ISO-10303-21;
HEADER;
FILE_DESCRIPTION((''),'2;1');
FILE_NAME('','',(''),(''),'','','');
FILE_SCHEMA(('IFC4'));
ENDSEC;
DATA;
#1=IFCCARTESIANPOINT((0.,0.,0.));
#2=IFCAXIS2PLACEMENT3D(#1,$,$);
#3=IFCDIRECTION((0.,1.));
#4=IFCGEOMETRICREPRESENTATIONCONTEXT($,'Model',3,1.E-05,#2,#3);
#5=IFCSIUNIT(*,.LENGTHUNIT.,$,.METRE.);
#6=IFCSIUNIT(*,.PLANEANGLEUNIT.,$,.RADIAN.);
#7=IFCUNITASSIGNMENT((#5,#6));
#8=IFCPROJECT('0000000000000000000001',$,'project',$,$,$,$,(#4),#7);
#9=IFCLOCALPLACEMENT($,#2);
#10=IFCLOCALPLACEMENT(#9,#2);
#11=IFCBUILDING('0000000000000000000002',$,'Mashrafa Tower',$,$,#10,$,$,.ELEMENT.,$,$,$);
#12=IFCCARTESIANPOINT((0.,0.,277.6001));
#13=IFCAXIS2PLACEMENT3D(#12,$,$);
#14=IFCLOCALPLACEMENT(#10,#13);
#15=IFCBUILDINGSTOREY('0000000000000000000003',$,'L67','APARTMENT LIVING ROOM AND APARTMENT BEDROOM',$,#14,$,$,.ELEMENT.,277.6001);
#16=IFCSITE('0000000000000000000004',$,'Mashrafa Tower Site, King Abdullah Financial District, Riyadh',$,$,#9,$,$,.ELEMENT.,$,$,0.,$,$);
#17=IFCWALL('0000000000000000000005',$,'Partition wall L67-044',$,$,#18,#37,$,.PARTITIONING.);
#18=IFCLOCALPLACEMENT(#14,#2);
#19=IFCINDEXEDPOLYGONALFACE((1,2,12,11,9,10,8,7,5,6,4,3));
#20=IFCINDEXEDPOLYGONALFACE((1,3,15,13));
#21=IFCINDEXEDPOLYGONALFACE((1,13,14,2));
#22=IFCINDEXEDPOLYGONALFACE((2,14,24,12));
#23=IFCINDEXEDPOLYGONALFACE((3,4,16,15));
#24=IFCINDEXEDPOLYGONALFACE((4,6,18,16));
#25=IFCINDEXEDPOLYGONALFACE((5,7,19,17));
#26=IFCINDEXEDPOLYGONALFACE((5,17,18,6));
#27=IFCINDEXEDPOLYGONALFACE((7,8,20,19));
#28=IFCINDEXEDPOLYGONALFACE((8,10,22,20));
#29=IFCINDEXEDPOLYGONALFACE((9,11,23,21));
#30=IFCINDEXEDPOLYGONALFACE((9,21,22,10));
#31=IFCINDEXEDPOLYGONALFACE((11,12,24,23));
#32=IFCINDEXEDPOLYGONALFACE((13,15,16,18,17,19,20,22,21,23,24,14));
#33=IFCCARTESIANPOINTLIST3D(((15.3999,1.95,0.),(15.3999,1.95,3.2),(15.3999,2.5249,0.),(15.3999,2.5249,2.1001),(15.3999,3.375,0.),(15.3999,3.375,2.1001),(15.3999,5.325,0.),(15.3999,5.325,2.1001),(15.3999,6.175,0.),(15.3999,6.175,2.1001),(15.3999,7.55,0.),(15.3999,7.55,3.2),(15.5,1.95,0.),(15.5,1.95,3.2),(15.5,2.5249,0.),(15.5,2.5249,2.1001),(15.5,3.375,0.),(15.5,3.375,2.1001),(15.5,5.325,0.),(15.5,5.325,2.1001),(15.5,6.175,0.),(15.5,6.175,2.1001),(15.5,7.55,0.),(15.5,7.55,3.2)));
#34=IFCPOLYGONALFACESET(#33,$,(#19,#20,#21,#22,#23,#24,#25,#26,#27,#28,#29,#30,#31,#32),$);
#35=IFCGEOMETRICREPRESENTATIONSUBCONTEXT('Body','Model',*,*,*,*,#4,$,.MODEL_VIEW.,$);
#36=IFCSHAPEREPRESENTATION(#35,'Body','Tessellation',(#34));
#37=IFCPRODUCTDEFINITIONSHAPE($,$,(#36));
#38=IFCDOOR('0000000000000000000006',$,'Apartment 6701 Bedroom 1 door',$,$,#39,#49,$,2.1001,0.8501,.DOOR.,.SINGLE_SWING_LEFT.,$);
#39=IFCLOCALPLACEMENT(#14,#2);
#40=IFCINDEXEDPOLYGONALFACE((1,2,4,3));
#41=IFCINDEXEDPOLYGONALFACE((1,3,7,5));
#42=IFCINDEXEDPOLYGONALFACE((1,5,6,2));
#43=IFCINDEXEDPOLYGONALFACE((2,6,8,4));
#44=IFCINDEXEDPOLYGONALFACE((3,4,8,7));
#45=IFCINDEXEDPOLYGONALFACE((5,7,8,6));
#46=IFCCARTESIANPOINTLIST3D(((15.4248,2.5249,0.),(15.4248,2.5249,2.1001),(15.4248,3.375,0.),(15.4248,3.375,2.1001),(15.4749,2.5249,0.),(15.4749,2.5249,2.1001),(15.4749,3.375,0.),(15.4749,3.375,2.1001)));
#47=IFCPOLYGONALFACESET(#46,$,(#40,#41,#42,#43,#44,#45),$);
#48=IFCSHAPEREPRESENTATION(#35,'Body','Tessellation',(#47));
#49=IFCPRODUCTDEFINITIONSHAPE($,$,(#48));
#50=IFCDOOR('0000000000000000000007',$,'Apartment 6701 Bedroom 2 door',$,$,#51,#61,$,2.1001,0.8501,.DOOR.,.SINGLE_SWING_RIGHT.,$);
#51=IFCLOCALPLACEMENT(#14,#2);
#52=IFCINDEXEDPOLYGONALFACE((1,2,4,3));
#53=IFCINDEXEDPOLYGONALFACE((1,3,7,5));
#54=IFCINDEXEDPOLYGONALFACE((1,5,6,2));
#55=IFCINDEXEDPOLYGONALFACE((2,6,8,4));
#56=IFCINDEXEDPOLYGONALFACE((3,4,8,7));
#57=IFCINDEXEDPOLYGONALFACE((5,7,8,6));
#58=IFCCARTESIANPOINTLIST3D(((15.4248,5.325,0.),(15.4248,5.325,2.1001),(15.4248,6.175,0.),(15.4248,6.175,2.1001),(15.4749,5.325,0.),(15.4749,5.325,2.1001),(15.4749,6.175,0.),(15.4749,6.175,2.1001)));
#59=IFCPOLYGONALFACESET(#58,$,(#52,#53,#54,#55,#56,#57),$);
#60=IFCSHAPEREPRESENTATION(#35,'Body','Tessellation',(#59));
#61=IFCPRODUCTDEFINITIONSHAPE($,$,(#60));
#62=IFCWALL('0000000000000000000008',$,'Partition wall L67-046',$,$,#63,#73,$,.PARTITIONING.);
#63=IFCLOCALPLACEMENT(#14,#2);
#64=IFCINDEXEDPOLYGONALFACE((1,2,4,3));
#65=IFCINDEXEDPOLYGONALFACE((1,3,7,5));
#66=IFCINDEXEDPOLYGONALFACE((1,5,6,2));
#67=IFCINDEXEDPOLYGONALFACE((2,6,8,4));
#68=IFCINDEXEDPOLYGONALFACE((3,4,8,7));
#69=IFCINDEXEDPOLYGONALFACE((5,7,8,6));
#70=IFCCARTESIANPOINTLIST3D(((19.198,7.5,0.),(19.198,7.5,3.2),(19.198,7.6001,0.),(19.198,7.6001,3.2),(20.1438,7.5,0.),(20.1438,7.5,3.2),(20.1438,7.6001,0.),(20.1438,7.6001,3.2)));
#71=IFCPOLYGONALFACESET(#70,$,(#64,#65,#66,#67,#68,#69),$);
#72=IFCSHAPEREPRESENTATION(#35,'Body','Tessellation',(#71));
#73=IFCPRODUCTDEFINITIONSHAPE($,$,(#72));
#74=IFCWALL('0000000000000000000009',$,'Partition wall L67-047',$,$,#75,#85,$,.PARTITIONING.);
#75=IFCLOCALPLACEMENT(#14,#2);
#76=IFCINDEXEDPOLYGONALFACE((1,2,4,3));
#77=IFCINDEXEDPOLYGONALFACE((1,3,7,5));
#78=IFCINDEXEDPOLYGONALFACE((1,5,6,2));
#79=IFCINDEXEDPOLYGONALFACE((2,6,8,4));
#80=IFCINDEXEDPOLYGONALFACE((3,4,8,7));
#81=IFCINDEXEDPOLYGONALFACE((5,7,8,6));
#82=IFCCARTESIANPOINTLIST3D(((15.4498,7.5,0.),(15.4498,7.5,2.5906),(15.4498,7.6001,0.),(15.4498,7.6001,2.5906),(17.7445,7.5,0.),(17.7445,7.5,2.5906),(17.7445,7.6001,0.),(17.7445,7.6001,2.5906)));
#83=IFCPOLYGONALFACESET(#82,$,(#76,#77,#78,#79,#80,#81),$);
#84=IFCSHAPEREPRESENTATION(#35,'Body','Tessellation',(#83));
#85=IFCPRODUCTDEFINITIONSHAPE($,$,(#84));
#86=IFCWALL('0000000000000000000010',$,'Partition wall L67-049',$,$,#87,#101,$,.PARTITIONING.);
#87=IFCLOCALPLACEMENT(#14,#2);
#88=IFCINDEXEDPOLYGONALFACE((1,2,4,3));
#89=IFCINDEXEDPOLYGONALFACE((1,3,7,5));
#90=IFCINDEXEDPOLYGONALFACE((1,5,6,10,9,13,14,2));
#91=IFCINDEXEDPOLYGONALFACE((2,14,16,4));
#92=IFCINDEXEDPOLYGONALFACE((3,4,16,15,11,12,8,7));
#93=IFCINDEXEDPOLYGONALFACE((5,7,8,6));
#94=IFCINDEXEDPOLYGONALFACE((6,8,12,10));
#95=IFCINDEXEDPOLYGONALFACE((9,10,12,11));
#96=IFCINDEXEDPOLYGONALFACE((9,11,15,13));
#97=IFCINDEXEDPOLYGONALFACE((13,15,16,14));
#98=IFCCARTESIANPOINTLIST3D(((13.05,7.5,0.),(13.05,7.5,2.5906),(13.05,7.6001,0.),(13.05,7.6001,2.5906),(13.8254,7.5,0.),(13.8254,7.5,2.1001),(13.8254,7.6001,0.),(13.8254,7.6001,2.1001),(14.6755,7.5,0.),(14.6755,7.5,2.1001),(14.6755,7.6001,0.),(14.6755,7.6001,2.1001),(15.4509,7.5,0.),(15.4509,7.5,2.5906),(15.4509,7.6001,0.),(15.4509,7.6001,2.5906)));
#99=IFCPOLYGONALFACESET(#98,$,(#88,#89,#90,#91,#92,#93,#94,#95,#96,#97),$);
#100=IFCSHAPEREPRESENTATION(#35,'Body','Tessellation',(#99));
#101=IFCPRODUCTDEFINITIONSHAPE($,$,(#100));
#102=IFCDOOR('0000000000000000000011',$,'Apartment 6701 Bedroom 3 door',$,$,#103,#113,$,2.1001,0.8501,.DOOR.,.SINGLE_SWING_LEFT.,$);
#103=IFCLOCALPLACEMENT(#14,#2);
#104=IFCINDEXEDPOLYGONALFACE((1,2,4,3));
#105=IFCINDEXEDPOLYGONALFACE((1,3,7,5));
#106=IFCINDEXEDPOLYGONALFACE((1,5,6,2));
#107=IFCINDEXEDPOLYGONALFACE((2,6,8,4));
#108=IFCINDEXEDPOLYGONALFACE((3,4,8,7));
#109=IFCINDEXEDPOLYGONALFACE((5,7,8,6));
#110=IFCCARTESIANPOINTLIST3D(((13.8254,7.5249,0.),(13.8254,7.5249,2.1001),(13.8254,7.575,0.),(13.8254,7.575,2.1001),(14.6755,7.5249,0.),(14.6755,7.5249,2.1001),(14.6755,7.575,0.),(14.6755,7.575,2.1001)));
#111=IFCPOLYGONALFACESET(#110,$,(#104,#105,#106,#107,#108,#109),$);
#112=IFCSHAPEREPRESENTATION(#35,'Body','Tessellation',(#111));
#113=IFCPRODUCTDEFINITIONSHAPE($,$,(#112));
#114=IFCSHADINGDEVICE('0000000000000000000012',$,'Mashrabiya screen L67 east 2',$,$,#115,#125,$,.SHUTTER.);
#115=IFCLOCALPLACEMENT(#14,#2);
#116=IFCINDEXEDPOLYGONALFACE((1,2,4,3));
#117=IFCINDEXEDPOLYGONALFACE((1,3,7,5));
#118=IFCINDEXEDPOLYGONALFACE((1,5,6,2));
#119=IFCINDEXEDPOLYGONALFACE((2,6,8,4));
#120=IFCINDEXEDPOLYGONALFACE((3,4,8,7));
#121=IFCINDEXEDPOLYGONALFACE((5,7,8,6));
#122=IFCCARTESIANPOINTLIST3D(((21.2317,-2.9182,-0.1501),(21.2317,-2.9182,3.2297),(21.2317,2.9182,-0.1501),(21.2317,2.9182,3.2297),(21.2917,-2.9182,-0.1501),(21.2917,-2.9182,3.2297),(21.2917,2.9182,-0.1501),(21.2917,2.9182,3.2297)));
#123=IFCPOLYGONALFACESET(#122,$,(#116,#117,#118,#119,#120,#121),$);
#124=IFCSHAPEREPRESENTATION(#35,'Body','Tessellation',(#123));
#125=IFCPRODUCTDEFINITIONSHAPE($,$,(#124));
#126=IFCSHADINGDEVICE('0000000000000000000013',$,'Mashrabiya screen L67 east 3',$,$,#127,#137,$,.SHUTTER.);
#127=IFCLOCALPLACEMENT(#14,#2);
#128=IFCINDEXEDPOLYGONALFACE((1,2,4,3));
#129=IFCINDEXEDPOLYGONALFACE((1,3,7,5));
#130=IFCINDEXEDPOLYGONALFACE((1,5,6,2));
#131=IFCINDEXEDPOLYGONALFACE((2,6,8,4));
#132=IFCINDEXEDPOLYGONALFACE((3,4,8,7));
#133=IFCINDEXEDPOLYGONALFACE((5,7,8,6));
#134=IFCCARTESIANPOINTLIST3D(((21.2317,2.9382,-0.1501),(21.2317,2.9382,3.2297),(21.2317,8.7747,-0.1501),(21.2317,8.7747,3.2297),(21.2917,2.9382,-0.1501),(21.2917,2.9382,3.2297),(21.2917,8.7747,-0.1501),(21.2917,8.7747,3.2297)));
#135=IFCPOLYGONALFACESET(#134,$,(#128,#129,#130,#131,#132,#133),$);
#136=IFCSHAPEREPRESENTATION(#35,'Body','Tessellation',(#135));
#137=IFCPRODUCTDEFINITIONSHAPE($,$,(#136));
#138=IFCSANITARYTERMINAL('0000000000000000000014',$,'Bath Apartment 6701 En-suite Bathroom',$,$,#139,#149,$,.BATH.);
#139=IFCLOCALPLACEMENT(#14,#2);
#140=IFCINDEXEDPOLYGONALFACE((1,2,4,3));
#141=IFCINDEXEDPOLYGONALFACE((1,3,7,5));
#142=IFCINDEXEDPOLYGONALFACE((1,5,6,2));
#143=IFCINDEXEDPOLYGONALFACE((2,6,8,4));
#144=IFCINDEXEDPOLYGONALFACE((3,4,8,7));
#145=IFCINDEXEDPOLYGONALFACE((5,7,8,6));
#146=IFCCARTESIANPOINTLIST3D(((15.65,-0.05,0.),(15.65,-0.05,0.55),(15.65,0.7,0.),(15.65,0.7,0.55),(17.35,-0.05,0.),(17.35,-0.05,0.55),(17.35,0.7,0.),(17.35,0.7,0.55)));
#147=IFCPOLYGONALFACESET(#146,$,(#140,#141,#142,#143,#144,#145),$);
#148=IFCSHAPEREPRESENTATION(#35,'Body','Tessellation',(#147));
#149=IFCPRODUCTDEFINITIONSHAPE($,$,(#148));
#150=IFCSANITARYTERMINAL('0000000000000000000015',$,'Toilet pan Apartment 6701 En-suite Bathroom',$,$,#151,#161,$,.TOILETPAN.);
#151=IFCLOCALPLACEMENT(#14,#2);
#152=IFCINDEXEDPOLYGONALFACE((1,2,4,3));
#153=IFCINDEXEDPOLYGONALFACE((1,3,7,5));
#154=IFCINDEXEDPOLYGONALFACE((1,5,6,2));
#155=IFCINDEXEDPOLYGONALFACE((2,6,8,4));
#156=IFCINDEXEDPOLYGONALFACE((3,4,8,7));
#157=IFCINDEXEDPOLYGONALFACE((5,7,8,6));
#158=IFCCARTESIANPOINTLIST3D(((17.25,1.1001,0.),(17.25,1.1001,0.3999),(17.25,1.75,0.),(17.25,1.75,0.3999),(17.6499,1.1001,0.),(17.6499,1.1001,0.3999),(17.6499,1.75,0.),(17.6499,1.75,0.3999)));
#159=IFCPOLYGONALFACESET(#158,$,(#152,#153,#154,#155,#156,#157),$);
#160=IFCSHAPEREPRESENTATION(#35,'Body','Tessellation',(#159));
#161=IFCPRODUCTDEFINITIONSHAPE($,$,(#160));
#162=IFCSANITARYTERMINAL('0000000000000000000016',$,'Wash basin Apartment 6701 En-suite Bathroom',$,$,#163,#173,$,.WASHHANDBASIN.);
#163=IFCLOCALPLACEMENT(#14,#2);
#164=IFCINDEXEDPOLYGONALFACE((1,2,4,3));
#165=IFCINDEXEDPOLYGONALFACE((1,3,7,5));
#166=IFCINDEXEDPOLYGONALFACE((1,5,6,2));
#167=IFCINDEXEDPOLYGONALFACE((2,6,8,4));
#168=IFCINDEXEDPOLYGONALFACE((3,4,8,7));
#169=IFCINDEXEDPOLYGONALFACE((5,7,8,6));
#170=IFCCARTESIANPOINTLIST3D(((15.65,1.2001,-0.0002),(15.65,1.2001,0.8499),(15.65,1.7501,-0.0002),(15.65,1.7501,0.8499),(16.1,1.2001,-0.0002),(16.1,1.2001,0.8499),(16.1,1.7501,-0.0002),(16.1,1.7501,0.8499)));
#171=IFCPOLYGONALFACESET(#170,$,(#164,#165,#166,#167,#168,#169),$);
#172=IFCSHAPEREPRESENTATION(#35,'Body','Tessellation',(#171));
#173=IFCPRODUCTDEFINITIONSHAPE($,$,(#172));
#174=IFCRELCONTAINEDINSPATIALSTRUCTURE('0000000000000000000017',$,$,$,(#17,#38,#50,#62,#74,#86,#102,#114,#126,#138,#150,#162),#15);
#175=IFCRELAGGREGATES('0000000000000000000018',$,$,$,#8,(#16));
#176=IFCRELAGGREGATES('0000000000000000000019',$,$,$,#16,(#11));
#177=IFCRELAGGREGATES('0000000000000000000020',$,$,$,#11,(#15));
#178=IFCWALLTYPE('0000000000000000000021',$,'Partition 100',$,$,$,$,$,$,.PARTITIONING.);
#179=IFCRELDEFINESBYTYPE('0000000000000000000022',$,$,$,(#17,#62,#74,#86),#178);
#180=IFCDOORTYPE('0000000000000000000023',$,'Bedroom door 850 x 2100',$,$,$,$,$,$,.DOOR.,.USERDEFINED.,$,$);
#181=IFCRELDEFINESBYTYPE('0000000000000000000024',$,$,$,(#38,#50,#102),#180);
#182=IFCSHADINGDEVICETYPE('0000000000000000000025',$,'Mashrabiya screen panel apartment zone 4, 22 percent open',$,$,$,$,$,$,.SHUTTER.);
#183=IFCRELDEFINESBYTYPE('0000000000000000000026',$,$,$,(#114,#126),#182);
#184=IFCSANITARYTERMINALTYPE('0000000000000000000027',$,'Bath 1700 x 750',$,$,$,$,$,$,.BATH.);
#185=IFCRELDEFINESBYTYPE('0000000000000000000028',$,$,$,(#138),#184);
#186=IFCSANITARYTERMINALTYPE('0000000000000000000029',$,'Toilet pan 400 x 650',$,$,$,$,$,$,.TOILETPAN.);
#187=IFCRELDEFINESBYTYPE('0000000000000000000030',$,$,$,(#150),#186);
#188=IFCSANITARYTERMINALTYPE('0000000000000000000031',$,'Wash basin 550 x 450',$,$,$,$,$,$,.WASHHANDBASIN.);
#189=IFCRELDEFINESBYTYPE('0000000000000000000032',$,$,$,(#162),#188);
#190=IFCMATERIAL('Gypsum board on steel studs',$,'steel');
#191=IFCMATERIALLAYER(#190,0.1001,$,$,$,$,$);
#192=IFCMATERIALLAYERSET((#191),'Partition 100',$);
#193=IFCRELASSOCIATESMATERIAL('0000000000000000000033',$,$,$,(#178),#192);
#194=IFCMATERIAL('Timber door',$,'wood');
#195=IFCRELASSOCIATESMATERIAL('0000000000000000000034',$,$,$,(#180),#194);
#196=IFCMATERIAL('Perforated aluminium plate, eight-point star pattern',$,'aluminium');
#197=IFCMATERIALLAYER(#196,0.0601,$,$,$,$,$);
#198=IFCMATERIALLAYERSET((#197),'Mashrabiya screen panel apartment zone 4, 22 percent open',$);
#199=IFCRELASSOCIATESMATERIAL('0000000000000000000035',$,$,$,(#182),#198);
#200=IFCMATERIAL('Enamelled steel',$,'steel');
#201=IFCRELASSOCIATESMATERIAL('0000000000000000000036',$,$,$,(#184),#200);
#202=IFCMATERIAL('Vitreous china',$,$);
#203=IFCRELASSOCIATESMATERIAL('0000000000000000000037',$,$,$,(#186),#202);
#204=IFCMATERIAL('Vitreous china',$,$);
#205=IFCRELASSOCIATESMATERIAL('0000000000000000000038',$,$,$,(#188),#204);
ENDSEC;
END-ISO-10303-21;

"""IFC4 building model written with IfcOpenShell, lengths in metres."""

from ifc_helpers import new_model, si_unit, direction, frame, frame_2d, origin, origin_2d, place, context, subcontext, project, spatial, rectangle, extrude, source, transform, mapped, material, layer, layer_set, type_object, type_shapes, element, fill, save


model = new_model("IFC4")

# Units and contexts
model_context = context("Model", 3, precision=1e-05, world=origin(), true_north=direction((0.0, 1.0)))
body_context = subcontext(model_context, "Body", "Model", "MODEL_VIEW")
ifc_project = project(units=[si_unit("LENGTHUNIT", "METRE"), si_unit("PLANEANGLEUNIT", "RADIAN")], contexts=[model_context])

# Site, building, storey
site_placement = place(None, origin())
site = spatial("IfcSite", under=ifc_project, at=site_placement, Name="Mashrafa Tower Site, King Abdullah Financial District, Riyadh", CompositionType="ELEMENT", RefElevation=0.0)
building_placement = place(site_placement, origin())
building = spatial("IfcBuilding", under=site, at=building_placement, Name="Mashrafa Tower", CompositionType="ELEMENT")
storey_placement = place(building_placement, frame((0.0, 0.0, 277.6001)))
storey = spatial("IfcBuildingStorey", under=building, at=storey_placement, Name="L67", Description="APARTMENT LIVING ROOM AND APARTMENT BEDROOM", CompositionType="ELEMENT", Elevation=277.6001)

# Shared definitions
ifc_material_1 = material(Name="Gypsum board on steel studs", Category="steel")
ifc_layer_1 = layer(ifc_material_1, 0.1001)
ifc_layer_set_1 = layer_set([ifc_layer_1], Name="Partition 100")
wall_type_1 = type_object("IfcWallType", Name="Partition 100", PredefinedType="PARTITIONING", material=ifc_layer_set_1)

# Wall, openings, doors
wall_1_placement = place(storey_placement, frame((15.45, 1.95, 0.0), z_axis=(0.0, 0.0, 1.0), x_axis=(0.0, 1.0, 0.0)))
wall_1 = element("IfcWall", 1, at=wall_1_placement, inside=storey, type_object=wall_type_1, Name="Partition wall L67-044", PredefinedType="PARTITIONING", context=body_context, shape_type="SweptSolid", body=[
    extrude(rectangle(XDim=5.6001, YDim=0.1001, at=frame_2d((2.8, 0.0))), origin(), (0.0, 0.0, 1.0), 3.2),
])
opening_1_placement = place(wall_1_placement, frame((0.575, 0.0, 0.0)))
opening_1 = element("IfcOpeningElement", 2, at=opening_1_placement, cuts=wall_1, PredefinedType="OPENING", context=body_context, shape_type="SweptSolid", body=[
    extrude(rectangle(XDim=0.8501, YDim=2.1001, at=frame_2d((0.425, 1.05))), frame((0.0, 0.0601, 0.0), z_axis=(0.0, -1.0, 0.0), x_axis=(1.0, 0.0, 0.0)), (0.0, 0.0, 1.0), 0.1201),
])
opening_2_placement = place(wall_1_placement, frame((3.375, 0.0, 0.0)))
opening_2 = element("IfcOpeningElement", 3, at=opening_2_placement, cuts=wall_1, PredefinedType="OPENING", context=body_context, shape_type="SweptSolid", body=[
    extrude(rectangle(XDim=0.8501, YDim=2.1001, at=frame_2d((0.425, 1.05))), frame((0.0, 0.0601, 0.0), z_axis=(0.0, -1.0, 0.0), x_axis=(1.0, 0.0, 0.0)), (0.0, 0.0, 1.0), 0.1201),
])
ifc_material_2 = material(Name="Timber door", Category="wood")
door_type_1 = type_object("IfcDoorType", Name="Bedroom door 850 x 2100", OperationType="USERDEFINED", PredefinedType="DOOR", material=ifc_material_2)
door_1_placement = place(opening_1_placement, frame((0.8501, 0.0, 0.0), z_axis=(0.0, 0.0, 1.0), x_axis=(-1.0, 0.0, 0.0)))
door_1 = element("IfcDoor", 4, at=door_1_placement, inside=storey, type_object=door_type_1, Name="Apartment 6701 Bedroom 1 door", OperationType="SINGLE_SWING_LEFT", OverallHeight=2.1001, OverallWidth=0.8501, PredefinedType="DOOR", context=body_context, shape_type="SweptSolid", body=[
    extrude(rectangle(XDim=0.8501, YDim=2.1001, at=frame_2d((0.425, 1.05))), frame((0.0, 0.0249, 0.0), z_axis=(0.0, -1.0, 0.0), x_axis=(1.0, 0.0, 0.0)), (0.0, 0.0, 1.0), 0.05),
])
fill(opening_1, door_1)
door_2_placement = place(opening_2_placement, frame((0.8501, 0.0, 0.0), z_axis=(0.0, 0.0, 1.0), x_axis=(-1.0, 0.0, 0.0)))
door_2 = element("IfcDoor", 5, at=door_2_placement, inside=storey, type_object=door_type_1, Name="Apartment 6701 Bedroom 2 door", OperationType="SINGLE_SWING_RIGHT", OverallHeight=2.1001, OverallWidth=0.8501, PredefinedType="DOOR", context=body_context, shape_type="SweptSolid", body=[
    extrude(rectangle(XDim=0.8501, YDim=2.1001, at=frame_2d((0.425, 1.05))), frame((0.0, 0.0249, 0.0), z_axis=(0.0, -1.0, 0.0), x_axis=(1.0, 0.0, 0.0)), (0.0, 0.0, 1.0), 0.05),
])
fill(opening_2, door_2)

# Walls
wall_2_placement = place(storey_placement, frame((20.1438, 7.55, 0.0), z_axis=(0.0, 0.0, 1.0), x_axis=(-1.0, 0.0, 0.0)))
element("IfcWall", 6, at=wall_2_placement, inside=storey, type_object=wall_type_1, Name="Partition wall L67-046", PredefinedType="PARTITIONING", context=body_context, shape_type="SweptSolid", body=[
    extrude(rectangle(XDim=0.9458, YDim=0.1001, at=frame_2d((0.4729, 0.0))), origin(), (0.0, 0.0, 1.0), 3.2),
])
wall_3_placement = place(storey_placement, frame((17.7446, 7.55, 0.0), z_axis=(0.0, 0.0, 1.0), x_axis=(-1.0, 0.0, 0.0)))
element("IfcWall", 7, at=wall_3_placement, inside=storey, type_object=wall_type_1, Name="Partition wall L67-047", PredefinedType="PARTITIONING", context=body_context, shape_type="SweptSolid", body=[
    extrude(rectangle(XDim=2.2947, YDim=0.1001, at=frame_2d((1.1475, 0.0))), origin(), (0.0, 0.0, 1.0), 2.5906),
])

# Wall, opening, door
wall_4_placement = place(storey_placement, frame((13.05, 7.55, 0.0), z_axis=(0.0, 0.0, 1.0), x_axis=(1.0, 0.0, 0.0)))
wall_4 = element("IfcWall", 8, at=wall_4_placement, inside=storey, type_object=wall_type_1, Name="Partition wall L67-049", PredefinedType="PARTITIONING", context=body_context, shape_type="SweptSolid", body=[
    extrude(rectangle(XDim=2.4009, YDim=0.1001, at=frame_2d((1.2004, 0.0))), origin(), (0.0, 0.0, 1.0), 2.5906),
])
opening_3_placement = place(wall_4_placement, frame((0.7754, 0.0, 0.0)))
opening_3 = element("IfcOpeningElement", 9, at=opening_3_placement, cuts=wall_4, PredefinedType="OPENING", context=body_context, shape_type="SweptSolid", body=[
    extrude(rectangle(XDim=0.8501, YDim=2.1001, at=frame_2d((0.425, 1.05))), frame((0.0, 0.0601, 0.0), z_axis=(0.0, -1.0, 0.0), x_axis=(1.0, 0.0, 0.0)), (0.0, 0.0, 1.0), 0.1201),
])
door_3_placement = place(opening_3_placement, origin())
door_3 = element("IfcDoor", 10, at=door_3_placement, inside=storey, type_object=door_type_1, Name="Apartment 6701 Bedroom 3 door", OperationType="SINGLE_SWING_LEFT", OverallHeight=2.1001, OverallWidth=0.8501, PredefinedType="DOOR", context=body_context, shape_type="SweptSolid", body=[
    extrude(rectangle(XDim=0.8501, YDim=2.1001, at=frame_2d((0.425, 1.05))), frame((0.0, 0.0249, 0.0), z_axis=(0.0, -1.0, 0.0), x_axis=(1.0, 0.0, 0.0)), (0.0, 0.0, 1.0), 0.05),
])
fill(opening_3, door_3)

# Shading devices
ifc_material_3 = material(Name="Perforated aluminium plate, eight-point star pattern", Category="aluminium")
ifc_layer_2 = layer(ifc_material_3, 0.0601)
ifc_layer_set_2 = layer_set([ifc_layer_2], Name="Mashrabiya screen panel apartment zone 4, 22 percent open")
shading_device_type = type_object("IfcShadingDeviceType", Name="Mashrabiya screen panel apartment zone 4, 22 percent open", PredefinedType="SHUTTER", material=ifc_layer_set_2)
shared_shape_1 = source(origin(), body_context, "Body", "SweptSolid", [
    extrude(rectangle(XDim=5.8364, YDim=0.0601, at=origin_2d()), origin(), (0.0, 0.0, 1.0), 3.3799),
])
type_shapes(shading_device_type, [shared_shape_1])
for number, where, z_axis, x_axis, name in (
    (11, (21.2617, 0.0, -0.1501), (0.0, 0.0, 1.0), (0.0, 1.0, 0.0), "Mashrabiya screen L67 east 2"),
    (12, (21.2617, 5.8564, -0.1501), (0.0, 0.0, 1.0), (0.0, 1.0, 0.0), "Mashrabiya screen L67 east 3"),
):
    element("IfcShadingDevice", number, at=place(storey_placement, frame(where, z_axis=z_axis, x_axis=x_axis)), inside=storey, type_object=shading_device_type, Name=name, PredefinedType="SHUTTER", context=body_context, shape_type="MappedRepresentation", body=[
        mapped(shared_shape_1, transform((0.0, 0.0, 0.0))),
    ])

# Sanitary terminals
ifc_material_4 = material(Name="Enamelled steel", Category="steel")
sanitary_terminal_type_1 = type_object("IfcSanitaryTerminalType", Name="Bath 1700 x 750", PredefinedType="BATH", material=ifc_material_4)
sanitary_terminal_1_placement = place(storey_placement, frame((16.5, 0.325, 0.0), z_axis=(0.0, 0.0, 1.0), x_axis=(1.0, 0.0, 0.0)))
element("IfcSanitaryTerminal", 13, at=sanitary_terminal_1_placement, inside=storey, type_object=sanitary_terminal_type_1, Name="Bath Apartment 6701 En-suite Bathroom", PredefinedType="BATH", context=body_context, shape_type="SweptSolid", body=[
    extrude(rectangle(XDim=1.7, YDim=0.75, at=origin_2d()), origin(), (0.0, 0.0, 1.0), 0.55),
])
ifc_material_5 = material(Name="Vitreous china")
sanitary_terminal_type_2 = type_object("IfcSanitaryTerminalType", Name="Toilet pan 400 x 650", PredefinedType="TOILETPAN", material=ifc_material_5)
sanitary_terminal_2_placement = place(storey_placement, frame((17.45, 1.425, 0.0), z_axis=(0.0, 0.0, 1.0), x_axis=(-1.0, 0.0, 0.0)))
element("IfcSanitaryTerminal", 14, at=sanitary_terminal_2_placement, inside=storey, type_object=sanitary_terminal_type_2, Name="Toilet pan Apartment 6701 En-suite Bathroom", PredefinedType="TOILETPAN", context=body_context, shape_type="SweptSolid", body=[
    extrude(rectangle(XDim=0.3999, YDim=0.6499, at=origin_2d()), origin(), (0.0, 0.0, 1.0), 0.3999),
])
ifc_material_6 = material(Name="Vitreous china")
sanitary_terminal_type_3 = type_object("IfcSanitaryTerminalType", Name="Wash basin 550 x 450", PredefinedType="WASHHANDBASIN", material=ifc_material_6)
sanitary_terminal_3_placement = place(storey_placement, frame((15.875, 1.4751, -0.0002), z_axis=(0.0, 0.0, 1.0), x_axis=(0.0, -1.0, 0.0)))
element("IfcSanitaryTerminal", 15, at=sanitary_terminal_3_placement, inside=storey, type_object=sanitary_terminal_type_3, Name="Wash basin Apartment 6701 En-suite Bathroom", PredefinedType="WASHHANDBASIN", context=body_context, shape_type="SweptSolid", body=[
    extrude(rectangle(XDim=0.55, YDim=0.45, at=origin_2d()), origin(), (0.0, 0.0, 1.0), 0.8501),
])

save(model, "model.ifc")
